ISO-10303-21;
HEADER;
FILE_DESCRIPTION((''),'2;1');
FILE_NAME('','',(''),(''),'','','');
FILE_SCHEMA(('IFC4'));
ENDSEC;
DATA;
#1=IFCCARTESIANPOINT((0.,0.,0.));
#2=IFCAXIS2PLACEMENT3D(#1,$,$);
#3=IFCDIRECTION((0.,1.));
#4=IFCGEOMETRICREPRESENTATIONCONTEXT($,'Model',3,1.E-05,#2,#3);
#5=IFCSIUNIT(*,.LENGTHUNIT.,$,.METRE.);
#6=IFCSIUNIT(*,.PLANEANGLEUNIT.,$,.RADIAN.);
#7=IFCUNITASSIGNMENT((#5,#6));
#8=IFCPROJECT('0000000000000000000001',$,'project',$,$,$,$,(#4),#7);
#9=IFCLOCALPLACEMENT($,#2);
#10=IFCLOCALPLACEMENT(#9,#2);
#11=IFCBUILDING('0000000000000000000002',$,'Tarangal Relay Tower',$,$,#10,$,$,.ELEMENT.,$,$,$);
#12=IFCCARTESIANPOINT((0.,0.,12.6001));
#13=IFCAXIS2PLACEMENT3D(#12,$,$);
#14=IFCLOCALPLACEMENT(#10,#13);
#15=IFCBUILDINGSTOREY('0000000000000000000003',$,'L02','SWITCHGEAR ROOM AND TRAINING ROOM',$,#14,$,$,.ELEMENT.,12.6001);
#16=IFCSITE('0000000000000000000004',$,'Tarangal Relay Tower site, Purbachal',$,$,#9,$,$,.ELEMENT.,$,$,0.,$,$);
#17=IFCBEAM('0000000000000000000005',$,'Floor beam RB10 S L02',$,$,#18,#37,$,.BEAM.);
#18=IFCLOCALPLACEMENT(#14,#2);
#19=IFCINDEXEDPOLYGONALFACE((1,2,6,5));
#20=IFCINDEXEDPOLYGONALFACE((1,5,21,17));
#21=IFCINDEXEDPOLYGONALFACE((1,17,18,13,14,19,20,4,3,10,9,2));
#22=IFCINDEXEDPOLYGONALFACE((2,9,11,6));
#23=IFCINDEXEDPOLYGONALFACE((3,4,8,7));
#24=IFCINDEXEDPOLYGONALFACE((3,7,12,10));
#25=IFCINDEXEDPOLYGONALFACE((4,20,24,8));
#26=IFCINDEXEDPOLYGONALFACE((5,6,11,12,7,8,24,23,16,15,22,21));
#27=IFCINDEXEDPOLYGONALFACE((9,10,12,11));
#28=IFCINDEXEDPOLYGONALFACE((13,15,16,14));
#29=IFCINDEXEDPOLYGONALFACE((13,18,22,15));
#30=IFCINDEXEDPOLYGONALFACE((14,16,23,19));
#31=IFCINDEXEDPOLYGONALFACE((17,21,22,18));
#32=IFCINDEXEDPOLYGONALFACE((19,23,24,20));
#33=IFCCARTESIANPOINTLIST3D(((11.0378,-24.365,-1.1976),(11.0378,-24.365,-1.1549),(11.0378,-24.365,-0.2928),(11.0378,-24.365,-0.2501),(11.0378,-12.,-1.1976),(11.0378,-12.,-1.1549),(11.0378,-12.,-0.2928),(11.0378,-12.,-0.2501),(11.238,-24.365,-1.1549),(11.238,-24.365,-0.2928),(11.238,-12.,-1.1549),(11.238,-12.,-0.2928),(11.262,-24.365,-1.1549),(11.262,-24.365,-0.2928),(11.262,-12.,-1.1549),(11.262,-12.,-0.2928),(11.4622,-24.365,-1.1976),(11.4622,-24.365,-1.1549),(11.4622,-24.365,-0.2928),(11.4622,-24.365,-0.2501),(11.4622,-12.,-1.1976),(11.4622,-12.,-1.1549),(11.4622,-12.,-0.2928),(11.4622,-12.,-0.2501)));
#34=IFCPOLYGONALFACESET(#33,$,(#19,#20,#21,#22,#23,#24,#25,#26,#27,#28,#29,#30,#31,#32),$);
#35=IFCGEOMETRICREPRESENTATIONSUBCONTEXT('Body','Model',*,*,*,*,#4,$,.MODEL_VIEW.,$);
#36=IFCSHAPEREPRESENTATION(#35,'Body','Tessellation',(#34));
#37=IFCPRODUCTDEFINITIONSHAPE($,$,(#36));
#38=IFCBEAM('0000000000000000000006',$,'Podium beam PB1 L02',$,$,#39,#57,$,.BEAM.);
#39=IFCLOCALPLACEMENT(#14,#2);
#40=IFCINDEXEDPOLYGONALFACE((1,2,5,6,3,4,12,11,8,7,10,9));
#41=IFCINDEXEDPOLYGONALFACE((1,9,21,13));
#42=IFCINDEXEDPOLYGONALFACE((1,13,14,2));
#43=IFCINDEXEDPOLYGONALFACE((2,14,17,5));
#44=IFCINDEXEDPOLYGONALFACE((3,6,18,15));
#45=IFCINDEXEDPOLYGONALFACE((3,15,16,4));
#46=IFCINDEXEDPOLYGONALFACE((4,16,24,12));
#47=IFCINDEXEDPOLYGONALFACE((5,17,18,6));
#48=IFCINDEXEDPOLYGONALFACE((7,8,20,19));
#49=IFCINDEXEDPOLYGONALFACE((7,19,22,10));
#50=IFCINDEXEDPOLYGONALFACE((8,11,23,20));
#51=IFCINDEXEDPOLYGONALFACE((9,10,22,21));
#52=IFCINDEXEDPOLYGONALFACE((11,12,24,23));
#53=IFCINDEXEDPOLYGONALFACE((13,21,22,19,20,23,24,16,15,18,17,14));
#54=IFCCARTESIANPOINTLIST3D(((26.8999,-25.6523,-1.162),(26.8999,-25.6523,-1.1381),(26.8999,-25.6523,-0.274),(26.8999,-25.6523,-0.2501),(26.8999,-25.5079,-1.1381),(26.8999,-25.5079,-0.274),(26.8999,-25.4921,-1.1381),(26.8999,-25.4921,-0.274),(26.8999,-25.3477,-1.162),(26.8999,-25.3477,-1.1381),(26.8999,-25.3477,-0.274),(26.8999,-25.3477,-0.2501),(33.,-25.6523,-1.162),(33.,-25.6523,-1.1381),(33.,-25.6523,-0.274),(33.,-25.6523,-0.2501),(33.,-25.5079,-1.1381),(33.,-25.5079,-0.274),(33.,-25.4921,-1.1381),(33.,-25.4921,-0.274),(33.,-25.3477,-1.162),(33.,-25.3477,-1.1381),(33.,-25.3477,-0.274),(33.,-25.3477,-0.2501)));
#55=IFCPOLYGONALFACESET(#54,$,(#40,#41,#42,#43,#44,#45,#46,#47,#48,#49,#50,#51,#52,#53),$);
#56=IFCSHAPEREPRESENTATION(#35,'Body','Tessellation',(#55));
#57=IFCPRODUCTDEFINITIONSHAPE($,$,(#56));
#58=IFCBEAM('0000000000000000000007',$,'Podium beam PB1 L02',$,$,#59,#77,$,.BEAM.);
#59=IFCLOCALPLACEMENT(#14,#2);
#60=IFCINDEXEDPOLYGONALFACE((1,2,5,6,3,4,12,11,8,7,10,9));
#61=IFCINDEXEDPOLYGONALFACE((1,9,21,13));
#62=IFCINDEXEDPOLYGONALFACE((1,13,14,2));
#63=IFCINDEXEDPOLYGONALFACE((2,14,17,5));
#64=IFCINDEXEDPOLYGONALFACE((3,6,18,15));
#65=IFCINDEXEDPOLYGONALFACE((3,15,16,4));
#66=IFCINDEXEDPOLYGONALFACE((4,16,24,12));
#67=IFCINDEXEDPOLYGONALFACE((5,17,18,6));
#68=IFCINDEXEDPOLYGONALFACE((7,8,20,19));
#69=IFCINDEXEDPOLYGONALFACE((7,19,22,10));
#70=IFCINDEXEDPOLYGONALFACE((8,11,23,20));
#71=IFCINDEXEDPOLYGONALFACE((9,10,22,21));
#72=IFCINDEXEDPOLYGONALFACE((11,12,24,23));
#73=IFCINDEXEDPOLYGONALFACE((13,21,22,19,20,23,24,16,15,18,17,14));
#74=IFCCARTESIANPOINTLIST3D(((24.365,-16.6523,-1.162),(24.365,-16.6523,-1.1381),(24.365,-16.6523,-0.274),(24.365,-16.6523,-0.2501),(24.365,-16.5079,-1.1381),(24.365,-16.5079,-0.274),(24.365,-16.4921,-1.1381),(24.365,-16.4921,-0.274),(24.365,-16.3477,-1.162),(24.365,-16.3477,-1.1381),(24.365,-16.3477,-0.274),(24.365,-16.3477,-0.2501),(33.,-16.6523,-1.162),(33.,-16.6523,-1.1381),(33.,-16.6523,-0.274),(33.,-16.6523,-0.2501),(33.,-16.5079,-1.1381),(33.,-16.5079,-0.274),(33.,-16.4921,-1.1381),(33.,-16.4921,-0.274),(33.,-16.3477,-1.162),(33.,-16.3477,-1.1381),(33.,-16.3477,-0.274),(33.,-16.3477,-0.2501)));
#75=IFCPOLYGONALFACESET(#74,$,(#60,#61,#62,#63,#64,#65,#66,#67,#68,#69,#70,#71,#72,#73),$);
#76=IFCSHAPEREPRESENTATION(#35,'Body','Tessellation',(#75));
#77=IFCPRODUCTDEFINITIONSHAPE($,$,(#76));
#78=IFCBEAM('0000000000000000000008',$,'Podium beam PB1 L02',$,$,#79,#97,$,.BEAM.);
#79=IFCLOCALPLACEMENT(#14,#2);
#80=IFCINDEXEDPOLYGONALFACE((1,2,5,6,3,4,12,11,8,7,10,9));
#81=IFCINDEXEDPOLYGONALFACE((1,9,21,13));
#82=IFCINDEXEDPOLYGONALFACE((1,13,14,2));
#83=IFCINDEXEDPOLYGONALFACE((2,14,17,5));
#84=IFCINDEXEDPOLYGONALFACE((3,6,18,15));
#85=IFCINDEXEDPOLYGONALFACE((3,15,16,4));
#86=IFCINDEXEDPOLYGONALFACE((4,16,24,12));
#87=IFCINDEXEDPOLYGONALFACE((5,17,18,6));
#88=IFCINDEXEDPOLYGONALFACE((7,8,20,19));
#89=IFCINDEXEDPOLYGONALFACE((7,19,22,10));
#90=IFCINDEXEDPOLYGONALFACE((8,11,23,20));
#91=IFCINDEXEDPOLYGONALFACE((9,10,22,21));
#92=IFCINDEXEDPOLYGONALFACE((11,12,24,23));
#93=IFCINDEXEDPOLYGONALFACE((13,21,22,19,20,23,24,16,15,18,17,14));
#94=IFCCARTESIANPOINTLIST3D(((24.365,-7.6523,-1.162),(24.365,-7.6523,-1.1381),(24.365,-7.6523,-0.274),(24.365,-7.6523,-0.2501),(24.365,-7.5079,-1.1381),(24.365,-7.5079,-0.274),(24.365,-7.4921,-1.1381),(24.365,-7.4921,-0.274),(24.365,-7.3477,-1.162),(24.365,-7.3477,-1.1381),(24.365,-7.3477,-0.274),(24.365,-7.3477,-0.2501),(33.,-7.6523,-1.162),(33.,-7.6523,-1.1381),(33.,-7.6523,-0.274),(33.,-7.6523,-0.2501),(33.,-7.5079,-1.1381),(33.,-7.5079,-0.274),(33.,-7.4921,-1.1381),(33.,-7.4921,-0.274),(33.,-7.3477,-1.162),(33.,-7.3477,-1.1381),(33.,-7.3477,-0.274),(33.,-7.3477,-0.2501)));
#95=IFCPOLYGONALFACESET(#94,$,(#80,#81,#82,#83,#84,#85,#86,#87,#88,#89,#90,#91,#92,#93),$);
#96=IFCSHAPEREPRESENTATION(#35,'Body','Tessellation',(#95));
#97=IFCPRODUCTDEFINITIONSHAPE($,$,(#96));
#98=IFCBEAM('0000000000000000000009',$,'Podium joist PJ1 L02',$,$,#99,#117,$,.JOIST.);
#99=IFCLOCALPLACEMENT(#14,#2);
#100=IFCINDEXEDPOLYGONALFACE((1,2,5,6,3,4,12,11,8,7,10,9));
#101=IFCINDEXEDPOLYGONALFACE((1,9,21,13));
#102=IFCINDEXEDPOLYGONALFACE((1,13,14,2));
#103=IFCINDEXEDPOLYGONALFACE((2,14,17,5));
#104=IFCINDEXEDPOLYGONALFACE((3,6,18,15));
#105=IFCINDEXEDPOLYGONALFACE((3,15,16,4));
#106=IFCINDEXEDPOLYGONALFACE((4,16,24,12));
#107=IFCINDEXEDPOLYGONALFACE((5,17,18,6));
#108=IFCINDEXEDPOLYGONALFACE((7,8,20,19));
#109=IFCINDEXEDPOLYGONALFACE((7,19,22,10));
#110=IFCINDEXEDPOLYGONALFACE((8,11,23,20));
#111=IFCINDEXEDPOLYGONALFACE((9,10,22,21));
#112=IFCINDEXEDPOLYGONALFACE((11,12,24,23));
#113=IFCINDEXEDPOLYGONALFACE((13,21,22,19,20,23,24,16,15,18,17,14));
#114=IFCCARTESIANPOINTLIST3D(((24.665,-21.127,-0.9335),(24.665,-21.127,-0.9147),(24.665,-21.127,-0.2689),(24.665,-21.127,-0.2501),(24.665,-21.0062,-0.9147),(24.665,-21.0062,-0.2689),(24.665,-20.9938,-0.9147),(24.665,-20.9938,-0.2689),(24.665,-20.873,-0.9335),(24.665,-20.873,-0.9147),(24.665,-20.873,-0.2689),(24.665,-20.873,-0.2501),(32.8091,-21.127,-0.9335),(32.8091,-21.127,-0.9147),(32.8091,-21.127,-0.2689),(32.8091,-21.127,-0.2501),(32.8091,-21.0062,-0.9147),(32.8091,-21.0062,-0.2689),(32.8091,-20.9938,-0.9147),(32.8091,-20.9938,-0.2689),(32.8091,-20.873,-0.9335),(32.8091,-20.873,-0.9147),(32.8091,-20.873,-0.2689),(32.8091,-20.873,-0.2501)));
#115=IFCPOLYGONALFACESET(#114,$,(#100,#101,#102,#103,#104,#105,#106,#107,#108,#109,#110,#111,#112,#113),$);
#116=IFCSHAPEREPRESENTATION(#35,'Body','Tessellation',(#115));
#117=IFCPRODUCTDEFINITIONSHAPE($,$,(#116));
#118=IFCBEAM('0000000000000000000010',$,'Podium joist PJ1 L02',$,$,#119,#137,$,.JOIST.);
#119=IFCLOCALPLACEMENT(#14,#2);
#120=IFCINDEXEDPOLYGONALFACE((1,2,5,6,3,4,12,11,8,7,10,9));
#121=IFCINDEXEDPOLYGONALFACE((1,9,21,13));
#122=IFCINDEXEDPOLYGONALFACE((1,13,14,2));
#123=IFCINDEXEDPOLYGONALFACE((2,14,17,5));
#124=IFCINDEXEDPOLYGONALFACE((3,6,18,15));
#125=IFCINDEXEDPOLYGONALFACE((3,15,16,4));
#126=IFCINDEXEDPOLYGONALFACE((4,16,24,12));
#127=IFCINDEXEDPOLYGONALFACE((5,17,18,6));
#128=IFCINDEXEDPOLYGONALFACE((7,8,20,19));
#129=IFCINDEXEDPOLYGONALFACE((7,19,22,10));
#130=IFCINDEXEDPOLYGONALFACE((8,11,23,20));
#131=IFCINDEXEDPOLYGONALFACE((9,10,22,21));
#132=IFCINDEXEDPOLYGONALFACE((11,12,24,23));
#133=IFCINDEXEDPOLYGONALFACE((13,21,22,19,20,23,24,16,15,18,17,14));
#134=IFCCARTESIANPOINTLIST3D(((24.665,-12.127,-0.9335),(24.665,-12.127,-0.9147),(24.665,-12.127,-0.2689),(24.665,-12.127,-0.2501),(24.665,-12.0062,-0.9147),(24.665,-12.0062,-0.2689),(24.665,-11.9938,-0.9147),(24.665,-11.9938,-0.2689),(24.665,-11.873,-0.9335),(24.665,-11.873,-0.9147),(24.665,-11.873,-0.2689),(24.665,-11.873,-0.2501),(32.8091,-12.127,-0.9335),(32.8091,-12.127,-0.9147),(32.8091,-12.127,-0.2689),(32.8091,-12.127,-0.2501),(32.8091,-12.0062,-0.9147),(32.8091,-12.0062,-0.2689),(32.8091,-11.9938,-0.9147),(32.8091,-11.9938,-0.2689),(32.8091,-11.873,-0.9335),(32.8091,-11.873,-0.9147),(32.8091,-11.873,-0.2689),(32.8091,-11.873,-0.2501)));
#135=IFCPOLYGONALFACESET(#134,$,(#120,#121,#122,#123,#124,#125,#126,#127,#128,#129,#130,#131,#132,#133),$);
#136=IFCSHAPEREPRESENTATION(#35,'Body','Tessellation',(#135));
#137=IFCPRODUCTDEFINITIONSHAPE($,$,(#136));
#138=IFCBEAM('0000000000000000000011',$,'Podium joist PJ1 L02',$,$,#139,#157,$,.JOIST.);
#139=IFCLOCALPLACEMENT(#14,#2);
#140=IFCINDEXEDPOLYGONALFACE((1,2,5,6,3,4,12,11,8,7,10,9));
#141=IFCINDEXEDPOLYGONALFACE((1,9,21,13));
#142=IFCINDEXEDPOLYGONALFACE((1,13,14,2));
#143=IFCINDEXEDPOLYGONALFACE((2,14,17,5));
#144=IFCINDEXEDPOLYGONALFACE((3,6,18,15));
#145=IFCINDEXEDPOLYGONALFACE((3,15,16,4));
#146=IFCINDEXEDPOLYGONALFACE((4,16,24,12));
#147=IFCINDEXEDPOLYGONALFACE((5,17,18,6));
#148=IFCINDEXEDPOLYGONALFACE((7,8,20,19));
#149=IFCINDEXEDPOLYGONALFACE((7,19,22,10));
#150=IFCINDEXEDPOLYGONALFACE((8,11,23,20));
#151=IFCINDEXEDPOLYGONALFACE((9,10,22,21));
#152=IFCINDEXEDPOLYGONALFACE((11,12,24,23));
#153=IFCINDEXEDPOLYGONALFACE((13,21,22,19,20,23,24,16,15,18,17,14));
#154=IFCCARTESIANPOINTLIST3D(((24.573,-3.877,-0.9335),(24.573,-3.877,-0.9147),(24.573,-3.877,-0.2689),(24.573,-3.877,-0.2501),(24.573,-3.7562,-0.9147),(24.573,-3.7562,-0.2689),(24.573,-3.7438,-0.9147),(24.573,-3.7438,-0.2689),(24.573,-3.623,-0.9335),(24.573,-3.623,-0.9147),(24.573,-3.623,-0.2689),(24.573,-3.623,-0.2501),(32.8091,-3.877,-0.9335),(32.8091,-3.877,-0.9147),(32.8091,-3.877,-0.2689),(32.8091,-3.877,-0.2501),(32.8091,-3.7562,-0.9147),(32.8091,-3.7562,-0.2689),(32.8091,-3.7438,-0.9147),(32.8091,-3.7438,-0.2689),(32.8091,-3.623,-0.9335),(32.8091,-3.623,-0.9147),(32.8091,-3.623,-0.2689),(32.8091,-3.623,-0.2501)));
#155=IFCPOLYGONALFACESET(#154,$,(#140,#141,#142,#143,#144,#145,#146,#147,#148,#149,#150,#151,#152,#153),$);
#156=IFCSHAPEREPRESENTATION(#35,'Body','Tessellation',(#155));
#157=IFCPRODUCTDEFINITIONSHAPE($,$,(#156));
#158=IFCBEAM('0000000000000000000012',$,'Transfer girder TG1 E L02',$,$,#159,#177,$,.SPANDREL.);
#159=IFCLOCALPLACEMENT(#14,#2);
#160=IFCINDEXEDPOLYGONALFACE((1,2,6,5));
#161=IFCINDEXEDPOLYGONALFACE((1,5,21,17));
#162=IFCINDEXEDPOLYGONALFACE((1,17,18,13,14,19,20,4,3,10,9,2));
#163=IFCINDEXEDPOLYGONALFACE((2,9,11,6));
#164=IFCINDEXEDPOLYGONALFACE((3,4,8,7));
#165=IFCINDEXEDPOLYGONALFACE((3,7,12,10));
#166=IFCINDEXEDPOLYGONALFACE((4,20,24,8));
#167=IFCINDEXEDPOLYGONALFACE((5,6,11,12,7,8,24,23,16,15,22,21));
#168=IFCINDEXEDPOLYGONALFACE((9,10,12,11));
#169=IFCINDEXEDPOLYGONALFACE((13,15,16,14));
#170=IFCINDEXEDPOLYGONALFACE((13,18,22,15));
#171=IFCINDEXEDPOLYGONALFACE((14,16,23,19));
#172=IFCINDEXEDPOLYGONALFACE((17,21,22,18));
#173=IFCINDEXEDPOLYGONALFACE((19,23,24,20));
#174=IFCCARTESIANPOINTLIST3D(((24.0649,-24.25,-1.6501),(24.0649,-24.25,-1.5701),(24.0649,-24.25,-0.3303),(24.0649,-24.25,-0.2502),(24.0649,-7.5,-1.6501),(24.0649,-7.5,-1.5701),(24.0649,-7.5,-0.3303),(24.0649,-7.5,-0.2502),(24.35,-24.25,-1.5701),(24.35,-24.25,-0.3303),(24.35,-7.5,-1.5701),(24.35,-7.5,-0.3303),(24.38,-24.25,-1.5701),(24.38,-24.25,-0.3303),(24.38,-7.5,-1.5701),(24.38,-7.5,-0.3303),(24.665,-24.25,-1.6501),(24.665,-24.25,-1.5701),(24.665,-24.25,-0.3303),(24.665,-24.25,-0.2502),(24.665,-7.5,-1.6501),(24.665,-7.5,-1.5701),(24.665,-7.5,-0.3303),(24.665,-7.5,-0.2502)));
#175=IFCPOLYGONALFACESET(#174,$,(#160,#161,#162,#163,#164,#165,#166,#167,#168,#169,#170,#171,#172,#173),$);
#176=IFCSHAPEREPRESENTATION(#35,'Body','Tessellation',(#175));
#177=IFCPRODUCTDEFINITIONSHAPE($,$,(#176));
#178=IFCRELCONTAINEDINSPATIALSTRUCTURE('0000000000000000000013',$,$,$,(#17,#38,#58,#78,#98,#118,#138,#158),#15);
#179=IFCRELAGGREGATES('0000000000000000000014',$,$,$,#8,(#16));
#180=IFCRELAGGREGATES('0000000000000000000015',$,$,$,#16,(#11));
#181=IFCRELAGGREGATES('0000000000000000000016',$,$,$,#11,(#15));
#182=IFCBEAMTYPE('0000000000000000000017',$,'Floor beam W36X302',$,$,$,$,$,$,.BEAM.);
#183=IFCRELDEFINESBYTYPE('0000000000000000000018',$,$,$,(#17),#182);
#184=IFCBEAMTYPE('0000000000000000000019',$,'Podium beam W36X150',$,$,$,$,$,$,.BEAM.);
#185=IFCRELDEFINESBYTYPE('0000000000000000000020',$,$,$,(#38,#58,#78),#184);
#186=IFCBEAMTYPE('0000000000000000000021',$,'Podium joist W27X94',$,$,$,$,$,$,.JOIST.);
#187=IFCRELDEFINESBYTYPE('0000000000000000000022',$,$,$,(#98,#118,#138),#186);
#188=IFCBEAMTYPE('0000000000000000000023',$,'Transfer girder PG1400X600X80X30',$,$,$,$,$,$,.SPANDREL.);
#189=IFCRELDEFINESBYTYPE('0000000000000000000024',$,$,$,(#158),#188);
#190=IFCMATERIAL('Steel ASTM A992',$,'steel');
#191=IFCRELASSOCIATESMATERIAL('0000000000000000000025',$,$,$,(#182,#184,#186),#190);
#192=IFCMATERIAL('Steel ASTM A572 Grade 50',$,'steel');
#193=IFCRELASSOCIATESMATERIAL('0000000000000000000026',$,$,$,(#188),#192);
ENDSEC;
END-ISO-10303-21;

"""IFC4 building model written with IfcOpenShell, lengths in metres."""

from ifc_helpers import new_model, si_unit, direction, frame, origin, origin_2d, place, context, subcontext, project, spatial, i_section, extrude, material, material_profile, profile_set, type_object, element, save


model = new_model("IFC4")

# Units and contexts
model_context = context("Model", 3, precision=1e-05, world=origin(), true_north=direction((0.0, 1.0)))
body_context = subcontext(model_context, "Body", "Model", "MODEL_VIEW")
ifc_project = project(units=[si_unit("LENGTHUNIT", "METRE"), si_unit("PLANEANGLEUNIT", "RADIAN")], contexts=[model_context])

# Site, building, storey
site_placement = place(None, origin())
site = spatial("IfcSite", under=ifc_project, at=site_placement, Name="Tarangal Relay Tower site, Purbachal", CompositionType="ELEMENT", RefElevation=0.0)
building_placement = place(site_placement, origin())
building = spatial("IfcBuilding", under=site, at=building_placement, Name="Tarangal Relay Tower", CompositionType="ELEMENT")
storey_placement = place(building_placement, frame((0.0, 0.0, 12.6001)))
storey = spatial("IfcBuildingStorey", under=building, at=storey_placement, Name="L02", Description="SWITCHGEAR ROOM AND TRAINING ROOM", CompositionType="ELEMENT", Elevation=12.6001)

# Shared definitions
ifc_material_1 = material(Name="Steel ASTM A572 Grade 50", Category="steel")

# Beams
ifc_material_2 = material(Name="Steel ASTM A992", Category="steel")
ifc_material_profile_1 = material_profile(ifc_material_2, i_section(OverallWidth=0.4243, OverallDepth=0.9475, WebThickness=0.0239, FlangeThickness=0.0427, at=origin_2d()), Name="W36X302")
ifc_profile_set_1 = profile_set([ifc_material_profile_1], Name="Steel ASTM A992")
beam_type_1 = type_object("IfcBeamType", Name="Floor beam W36X302", PredefinedType="BEAM", material=ifc_profile_set_1)
for number, where, z_axis, x_axis, name in (
    (1, (11.25, -12.0, -0.7239), (0.0, -1.0, 0.0), (1.0, 0.0, 0.0), "Floor beam RB10 S L02"),
):
    element("IfcBeam", number, at=place(storey_placement, frame(where, z_axis=z_axis, x_axis=x_axis)), inside=storey, type_object=beam_type_1, Name=name, PredefinedType="BEAM", context=body_context, shape_type="SweptSolid", body=[
        extrude(i_section(OverallWidth=0.4243, OverallDepth=0.9475, WebThickness=0.0239, FlangeThickness=0.0427, at=origin_2d()), origin(), (0.0, 0.0, 1.0), 12.365),
    ])
ifc_material_profile_2 = material_profile(ifc_material_2, i_section(OverallWidth=0.3047, OverallDepth=0.9119, WebThickness=0.0159, FlangeThickness=0.0239, at=origin_2d()), Name="W36X150")
ifc_profile_set_2 = profile_set([ifc_material_profile_2], Name="Steel ASTM A992")
beam_type_2 = type_object("IfcBeamType", Name="Podium beam W36X150", PredefinedType="BEAM", material=ifc_profile_set_2)
beam_1_placement = place(storey_placement, frame((26.8999, -25.5, -0.7061), z_axis=(1.0, 0.0, 0.0), x_axis=(0.0, 1.0, 0.0)))
element("IfcBeam", 2, at=beam_1_placement, inside=storey, type_object=beam_type_2, Name="Podium beam PB1 L02", PredefinedType="BEAM", context=body_context, shape_type="SweptSolid", body=[
    extrude(i_section(OverallWidth=0.3047, OverallDepth=0.9119, WebThickness=0.0159, FlangeThickness=0.0239, at=origin_2d()), origin(), (0.0, 0.0, 1.0), 6.1001),
])
for number, where, z_axis, x_axis, name in (
    (3, (24.365, -16.5, -0.7061), (1.0, 0.0, 0.0), (0.0, 1.0, 0.0), "Podium beam PB1 L02"),
    (4, (24.365, -7.5, -0.7061), (1.0, 0.0, 0.0), (0.0, 1.0, 0.0), "Podium beam PB1 L02"),
):
    element("IfcBeam", number, at=place(storey_placement, frame(where, z_axis=z_axis, x_axis=x_axis)), inside=storey, type_object=beam_type_2, Name=name, PredefinedType="BEAM", context=body_context, shape_type="SweptSolid", body=[
        extrude(i_section(OverallWidth=0.3047, OverallDepth=0.9119, WebThickness=0.0159, FlangeThickness=0.0239, at=origin_2d()), origin(), (0.0, 0.0, 1.0), 8.635),
    ])
ifc_material_profile_3 = material_profile(ifc_material_2, i_section(OverallWidth=0.2539, OverallDepth=0.6833, WebThickness=0.0125, FlangeThickness=0.0188, at=origin_2d()), Name="W27X94")
ifc_profile_set_3 = profile_set([ifc_material_profile_3], Name="Steel ASTM A992")
beam_type_3 = type_object("IfcBeamType", Name="Podium joist W27X94", PredefinedType="JOIST", material=ifc_profile_set_3)
for number, where, z_axis, x_axis, name in (
    (5, (24.665, -21.0, -0.5918), (1.0, 0.0, 0.0), (0.0, 1.0, 0.0), "Podium joist PJ1 L02"),
    (6, (24.665, -12.0, -0.5918), (1.0, 0.0, 0.0), (0.0, 1.0, 0.0), "Podium joist PJ1 L02"),
):
    element("IfcBeam", number, at=place(storey_placement, frame(where, z_axis=z_axis, x_axis=x_axis)), inside=storey, type_object=beam_type_3, Name=name, PredefinedType="JOIST", context=body_context, shape_type="SweptSolid", body=[
        extrude(i_section(OverallWidth=0.2539, OverallDepth=0.6833, WebThickness=0.0125, FlangeThickness=0.0188, at=origin_2d()), origin(), (0.0, 0.0, 1.0), 8.144),
    ])
beam_2_placement = place(storey_placement, frame((24.573, -3.75, -0.5918), z_axis=(1.0, 0.0, 0.0), x_axis=(0.0, 1.0, 0.0)))
element("IfcBeam", 7, at=beam_2_placement, inside=storey, type_object=beam_type_3, Name="Podium joist PJ1 L02", PredefinedType="JOIST", context=body_context, shape_type="SweptSolid", body=[
    extrude(i_section(OverallWidth=0.2539, OverallDepth=0.6833, WebThickness=0.0125, FlangeThickness=0.0188, at=origin_2d()), origin(), (0.0, 0.0, 1.0), 8.2361),
])
ifc_material_profile_4 = material_profile(ifc_material_1, i_section(OverallWidth=0.6001, OverallDepth=1.3999, WebThickness=0.03, FlangeThickness=0.0801, at=origin_2d()), Name="PG1400X600X80X30")
ifc_profile_set_4 = profile_set([ifc_material_profile_4], Name="Steel ASTM A572 Grade 50")
beam_type_4 = type_object("IfcBeamType", Name="Transfer girder PG1400X600X80X30", PredefinedType="SPANDREL", material=ifc_profile_set_4)
beam_3_placement = place(storey_placement, frame((24.365, -7.5, -0.9502), z_axis=(0.0, -1.0, 0.0), x_axis=(1.0, 0.0, 0.0)))
element("IfcBeam", 8, at=beam_3_placement, inside=storey, type_object=beam_type_4, Name="Transfer girder TG1 E L02", PredefinedType="SPANDREL", context=body_context, shape_type="SweptSolid", body=[
    extrude(i_section(OverallWidth=0.6001, OverallDepth=1.3999, WebThickness=0.03, FlangeThickness=0.0801, at=origin_2d()), origin(), (0.0, 0.0, 1.0), 16.75),
])

save(model, "model.ifc")
